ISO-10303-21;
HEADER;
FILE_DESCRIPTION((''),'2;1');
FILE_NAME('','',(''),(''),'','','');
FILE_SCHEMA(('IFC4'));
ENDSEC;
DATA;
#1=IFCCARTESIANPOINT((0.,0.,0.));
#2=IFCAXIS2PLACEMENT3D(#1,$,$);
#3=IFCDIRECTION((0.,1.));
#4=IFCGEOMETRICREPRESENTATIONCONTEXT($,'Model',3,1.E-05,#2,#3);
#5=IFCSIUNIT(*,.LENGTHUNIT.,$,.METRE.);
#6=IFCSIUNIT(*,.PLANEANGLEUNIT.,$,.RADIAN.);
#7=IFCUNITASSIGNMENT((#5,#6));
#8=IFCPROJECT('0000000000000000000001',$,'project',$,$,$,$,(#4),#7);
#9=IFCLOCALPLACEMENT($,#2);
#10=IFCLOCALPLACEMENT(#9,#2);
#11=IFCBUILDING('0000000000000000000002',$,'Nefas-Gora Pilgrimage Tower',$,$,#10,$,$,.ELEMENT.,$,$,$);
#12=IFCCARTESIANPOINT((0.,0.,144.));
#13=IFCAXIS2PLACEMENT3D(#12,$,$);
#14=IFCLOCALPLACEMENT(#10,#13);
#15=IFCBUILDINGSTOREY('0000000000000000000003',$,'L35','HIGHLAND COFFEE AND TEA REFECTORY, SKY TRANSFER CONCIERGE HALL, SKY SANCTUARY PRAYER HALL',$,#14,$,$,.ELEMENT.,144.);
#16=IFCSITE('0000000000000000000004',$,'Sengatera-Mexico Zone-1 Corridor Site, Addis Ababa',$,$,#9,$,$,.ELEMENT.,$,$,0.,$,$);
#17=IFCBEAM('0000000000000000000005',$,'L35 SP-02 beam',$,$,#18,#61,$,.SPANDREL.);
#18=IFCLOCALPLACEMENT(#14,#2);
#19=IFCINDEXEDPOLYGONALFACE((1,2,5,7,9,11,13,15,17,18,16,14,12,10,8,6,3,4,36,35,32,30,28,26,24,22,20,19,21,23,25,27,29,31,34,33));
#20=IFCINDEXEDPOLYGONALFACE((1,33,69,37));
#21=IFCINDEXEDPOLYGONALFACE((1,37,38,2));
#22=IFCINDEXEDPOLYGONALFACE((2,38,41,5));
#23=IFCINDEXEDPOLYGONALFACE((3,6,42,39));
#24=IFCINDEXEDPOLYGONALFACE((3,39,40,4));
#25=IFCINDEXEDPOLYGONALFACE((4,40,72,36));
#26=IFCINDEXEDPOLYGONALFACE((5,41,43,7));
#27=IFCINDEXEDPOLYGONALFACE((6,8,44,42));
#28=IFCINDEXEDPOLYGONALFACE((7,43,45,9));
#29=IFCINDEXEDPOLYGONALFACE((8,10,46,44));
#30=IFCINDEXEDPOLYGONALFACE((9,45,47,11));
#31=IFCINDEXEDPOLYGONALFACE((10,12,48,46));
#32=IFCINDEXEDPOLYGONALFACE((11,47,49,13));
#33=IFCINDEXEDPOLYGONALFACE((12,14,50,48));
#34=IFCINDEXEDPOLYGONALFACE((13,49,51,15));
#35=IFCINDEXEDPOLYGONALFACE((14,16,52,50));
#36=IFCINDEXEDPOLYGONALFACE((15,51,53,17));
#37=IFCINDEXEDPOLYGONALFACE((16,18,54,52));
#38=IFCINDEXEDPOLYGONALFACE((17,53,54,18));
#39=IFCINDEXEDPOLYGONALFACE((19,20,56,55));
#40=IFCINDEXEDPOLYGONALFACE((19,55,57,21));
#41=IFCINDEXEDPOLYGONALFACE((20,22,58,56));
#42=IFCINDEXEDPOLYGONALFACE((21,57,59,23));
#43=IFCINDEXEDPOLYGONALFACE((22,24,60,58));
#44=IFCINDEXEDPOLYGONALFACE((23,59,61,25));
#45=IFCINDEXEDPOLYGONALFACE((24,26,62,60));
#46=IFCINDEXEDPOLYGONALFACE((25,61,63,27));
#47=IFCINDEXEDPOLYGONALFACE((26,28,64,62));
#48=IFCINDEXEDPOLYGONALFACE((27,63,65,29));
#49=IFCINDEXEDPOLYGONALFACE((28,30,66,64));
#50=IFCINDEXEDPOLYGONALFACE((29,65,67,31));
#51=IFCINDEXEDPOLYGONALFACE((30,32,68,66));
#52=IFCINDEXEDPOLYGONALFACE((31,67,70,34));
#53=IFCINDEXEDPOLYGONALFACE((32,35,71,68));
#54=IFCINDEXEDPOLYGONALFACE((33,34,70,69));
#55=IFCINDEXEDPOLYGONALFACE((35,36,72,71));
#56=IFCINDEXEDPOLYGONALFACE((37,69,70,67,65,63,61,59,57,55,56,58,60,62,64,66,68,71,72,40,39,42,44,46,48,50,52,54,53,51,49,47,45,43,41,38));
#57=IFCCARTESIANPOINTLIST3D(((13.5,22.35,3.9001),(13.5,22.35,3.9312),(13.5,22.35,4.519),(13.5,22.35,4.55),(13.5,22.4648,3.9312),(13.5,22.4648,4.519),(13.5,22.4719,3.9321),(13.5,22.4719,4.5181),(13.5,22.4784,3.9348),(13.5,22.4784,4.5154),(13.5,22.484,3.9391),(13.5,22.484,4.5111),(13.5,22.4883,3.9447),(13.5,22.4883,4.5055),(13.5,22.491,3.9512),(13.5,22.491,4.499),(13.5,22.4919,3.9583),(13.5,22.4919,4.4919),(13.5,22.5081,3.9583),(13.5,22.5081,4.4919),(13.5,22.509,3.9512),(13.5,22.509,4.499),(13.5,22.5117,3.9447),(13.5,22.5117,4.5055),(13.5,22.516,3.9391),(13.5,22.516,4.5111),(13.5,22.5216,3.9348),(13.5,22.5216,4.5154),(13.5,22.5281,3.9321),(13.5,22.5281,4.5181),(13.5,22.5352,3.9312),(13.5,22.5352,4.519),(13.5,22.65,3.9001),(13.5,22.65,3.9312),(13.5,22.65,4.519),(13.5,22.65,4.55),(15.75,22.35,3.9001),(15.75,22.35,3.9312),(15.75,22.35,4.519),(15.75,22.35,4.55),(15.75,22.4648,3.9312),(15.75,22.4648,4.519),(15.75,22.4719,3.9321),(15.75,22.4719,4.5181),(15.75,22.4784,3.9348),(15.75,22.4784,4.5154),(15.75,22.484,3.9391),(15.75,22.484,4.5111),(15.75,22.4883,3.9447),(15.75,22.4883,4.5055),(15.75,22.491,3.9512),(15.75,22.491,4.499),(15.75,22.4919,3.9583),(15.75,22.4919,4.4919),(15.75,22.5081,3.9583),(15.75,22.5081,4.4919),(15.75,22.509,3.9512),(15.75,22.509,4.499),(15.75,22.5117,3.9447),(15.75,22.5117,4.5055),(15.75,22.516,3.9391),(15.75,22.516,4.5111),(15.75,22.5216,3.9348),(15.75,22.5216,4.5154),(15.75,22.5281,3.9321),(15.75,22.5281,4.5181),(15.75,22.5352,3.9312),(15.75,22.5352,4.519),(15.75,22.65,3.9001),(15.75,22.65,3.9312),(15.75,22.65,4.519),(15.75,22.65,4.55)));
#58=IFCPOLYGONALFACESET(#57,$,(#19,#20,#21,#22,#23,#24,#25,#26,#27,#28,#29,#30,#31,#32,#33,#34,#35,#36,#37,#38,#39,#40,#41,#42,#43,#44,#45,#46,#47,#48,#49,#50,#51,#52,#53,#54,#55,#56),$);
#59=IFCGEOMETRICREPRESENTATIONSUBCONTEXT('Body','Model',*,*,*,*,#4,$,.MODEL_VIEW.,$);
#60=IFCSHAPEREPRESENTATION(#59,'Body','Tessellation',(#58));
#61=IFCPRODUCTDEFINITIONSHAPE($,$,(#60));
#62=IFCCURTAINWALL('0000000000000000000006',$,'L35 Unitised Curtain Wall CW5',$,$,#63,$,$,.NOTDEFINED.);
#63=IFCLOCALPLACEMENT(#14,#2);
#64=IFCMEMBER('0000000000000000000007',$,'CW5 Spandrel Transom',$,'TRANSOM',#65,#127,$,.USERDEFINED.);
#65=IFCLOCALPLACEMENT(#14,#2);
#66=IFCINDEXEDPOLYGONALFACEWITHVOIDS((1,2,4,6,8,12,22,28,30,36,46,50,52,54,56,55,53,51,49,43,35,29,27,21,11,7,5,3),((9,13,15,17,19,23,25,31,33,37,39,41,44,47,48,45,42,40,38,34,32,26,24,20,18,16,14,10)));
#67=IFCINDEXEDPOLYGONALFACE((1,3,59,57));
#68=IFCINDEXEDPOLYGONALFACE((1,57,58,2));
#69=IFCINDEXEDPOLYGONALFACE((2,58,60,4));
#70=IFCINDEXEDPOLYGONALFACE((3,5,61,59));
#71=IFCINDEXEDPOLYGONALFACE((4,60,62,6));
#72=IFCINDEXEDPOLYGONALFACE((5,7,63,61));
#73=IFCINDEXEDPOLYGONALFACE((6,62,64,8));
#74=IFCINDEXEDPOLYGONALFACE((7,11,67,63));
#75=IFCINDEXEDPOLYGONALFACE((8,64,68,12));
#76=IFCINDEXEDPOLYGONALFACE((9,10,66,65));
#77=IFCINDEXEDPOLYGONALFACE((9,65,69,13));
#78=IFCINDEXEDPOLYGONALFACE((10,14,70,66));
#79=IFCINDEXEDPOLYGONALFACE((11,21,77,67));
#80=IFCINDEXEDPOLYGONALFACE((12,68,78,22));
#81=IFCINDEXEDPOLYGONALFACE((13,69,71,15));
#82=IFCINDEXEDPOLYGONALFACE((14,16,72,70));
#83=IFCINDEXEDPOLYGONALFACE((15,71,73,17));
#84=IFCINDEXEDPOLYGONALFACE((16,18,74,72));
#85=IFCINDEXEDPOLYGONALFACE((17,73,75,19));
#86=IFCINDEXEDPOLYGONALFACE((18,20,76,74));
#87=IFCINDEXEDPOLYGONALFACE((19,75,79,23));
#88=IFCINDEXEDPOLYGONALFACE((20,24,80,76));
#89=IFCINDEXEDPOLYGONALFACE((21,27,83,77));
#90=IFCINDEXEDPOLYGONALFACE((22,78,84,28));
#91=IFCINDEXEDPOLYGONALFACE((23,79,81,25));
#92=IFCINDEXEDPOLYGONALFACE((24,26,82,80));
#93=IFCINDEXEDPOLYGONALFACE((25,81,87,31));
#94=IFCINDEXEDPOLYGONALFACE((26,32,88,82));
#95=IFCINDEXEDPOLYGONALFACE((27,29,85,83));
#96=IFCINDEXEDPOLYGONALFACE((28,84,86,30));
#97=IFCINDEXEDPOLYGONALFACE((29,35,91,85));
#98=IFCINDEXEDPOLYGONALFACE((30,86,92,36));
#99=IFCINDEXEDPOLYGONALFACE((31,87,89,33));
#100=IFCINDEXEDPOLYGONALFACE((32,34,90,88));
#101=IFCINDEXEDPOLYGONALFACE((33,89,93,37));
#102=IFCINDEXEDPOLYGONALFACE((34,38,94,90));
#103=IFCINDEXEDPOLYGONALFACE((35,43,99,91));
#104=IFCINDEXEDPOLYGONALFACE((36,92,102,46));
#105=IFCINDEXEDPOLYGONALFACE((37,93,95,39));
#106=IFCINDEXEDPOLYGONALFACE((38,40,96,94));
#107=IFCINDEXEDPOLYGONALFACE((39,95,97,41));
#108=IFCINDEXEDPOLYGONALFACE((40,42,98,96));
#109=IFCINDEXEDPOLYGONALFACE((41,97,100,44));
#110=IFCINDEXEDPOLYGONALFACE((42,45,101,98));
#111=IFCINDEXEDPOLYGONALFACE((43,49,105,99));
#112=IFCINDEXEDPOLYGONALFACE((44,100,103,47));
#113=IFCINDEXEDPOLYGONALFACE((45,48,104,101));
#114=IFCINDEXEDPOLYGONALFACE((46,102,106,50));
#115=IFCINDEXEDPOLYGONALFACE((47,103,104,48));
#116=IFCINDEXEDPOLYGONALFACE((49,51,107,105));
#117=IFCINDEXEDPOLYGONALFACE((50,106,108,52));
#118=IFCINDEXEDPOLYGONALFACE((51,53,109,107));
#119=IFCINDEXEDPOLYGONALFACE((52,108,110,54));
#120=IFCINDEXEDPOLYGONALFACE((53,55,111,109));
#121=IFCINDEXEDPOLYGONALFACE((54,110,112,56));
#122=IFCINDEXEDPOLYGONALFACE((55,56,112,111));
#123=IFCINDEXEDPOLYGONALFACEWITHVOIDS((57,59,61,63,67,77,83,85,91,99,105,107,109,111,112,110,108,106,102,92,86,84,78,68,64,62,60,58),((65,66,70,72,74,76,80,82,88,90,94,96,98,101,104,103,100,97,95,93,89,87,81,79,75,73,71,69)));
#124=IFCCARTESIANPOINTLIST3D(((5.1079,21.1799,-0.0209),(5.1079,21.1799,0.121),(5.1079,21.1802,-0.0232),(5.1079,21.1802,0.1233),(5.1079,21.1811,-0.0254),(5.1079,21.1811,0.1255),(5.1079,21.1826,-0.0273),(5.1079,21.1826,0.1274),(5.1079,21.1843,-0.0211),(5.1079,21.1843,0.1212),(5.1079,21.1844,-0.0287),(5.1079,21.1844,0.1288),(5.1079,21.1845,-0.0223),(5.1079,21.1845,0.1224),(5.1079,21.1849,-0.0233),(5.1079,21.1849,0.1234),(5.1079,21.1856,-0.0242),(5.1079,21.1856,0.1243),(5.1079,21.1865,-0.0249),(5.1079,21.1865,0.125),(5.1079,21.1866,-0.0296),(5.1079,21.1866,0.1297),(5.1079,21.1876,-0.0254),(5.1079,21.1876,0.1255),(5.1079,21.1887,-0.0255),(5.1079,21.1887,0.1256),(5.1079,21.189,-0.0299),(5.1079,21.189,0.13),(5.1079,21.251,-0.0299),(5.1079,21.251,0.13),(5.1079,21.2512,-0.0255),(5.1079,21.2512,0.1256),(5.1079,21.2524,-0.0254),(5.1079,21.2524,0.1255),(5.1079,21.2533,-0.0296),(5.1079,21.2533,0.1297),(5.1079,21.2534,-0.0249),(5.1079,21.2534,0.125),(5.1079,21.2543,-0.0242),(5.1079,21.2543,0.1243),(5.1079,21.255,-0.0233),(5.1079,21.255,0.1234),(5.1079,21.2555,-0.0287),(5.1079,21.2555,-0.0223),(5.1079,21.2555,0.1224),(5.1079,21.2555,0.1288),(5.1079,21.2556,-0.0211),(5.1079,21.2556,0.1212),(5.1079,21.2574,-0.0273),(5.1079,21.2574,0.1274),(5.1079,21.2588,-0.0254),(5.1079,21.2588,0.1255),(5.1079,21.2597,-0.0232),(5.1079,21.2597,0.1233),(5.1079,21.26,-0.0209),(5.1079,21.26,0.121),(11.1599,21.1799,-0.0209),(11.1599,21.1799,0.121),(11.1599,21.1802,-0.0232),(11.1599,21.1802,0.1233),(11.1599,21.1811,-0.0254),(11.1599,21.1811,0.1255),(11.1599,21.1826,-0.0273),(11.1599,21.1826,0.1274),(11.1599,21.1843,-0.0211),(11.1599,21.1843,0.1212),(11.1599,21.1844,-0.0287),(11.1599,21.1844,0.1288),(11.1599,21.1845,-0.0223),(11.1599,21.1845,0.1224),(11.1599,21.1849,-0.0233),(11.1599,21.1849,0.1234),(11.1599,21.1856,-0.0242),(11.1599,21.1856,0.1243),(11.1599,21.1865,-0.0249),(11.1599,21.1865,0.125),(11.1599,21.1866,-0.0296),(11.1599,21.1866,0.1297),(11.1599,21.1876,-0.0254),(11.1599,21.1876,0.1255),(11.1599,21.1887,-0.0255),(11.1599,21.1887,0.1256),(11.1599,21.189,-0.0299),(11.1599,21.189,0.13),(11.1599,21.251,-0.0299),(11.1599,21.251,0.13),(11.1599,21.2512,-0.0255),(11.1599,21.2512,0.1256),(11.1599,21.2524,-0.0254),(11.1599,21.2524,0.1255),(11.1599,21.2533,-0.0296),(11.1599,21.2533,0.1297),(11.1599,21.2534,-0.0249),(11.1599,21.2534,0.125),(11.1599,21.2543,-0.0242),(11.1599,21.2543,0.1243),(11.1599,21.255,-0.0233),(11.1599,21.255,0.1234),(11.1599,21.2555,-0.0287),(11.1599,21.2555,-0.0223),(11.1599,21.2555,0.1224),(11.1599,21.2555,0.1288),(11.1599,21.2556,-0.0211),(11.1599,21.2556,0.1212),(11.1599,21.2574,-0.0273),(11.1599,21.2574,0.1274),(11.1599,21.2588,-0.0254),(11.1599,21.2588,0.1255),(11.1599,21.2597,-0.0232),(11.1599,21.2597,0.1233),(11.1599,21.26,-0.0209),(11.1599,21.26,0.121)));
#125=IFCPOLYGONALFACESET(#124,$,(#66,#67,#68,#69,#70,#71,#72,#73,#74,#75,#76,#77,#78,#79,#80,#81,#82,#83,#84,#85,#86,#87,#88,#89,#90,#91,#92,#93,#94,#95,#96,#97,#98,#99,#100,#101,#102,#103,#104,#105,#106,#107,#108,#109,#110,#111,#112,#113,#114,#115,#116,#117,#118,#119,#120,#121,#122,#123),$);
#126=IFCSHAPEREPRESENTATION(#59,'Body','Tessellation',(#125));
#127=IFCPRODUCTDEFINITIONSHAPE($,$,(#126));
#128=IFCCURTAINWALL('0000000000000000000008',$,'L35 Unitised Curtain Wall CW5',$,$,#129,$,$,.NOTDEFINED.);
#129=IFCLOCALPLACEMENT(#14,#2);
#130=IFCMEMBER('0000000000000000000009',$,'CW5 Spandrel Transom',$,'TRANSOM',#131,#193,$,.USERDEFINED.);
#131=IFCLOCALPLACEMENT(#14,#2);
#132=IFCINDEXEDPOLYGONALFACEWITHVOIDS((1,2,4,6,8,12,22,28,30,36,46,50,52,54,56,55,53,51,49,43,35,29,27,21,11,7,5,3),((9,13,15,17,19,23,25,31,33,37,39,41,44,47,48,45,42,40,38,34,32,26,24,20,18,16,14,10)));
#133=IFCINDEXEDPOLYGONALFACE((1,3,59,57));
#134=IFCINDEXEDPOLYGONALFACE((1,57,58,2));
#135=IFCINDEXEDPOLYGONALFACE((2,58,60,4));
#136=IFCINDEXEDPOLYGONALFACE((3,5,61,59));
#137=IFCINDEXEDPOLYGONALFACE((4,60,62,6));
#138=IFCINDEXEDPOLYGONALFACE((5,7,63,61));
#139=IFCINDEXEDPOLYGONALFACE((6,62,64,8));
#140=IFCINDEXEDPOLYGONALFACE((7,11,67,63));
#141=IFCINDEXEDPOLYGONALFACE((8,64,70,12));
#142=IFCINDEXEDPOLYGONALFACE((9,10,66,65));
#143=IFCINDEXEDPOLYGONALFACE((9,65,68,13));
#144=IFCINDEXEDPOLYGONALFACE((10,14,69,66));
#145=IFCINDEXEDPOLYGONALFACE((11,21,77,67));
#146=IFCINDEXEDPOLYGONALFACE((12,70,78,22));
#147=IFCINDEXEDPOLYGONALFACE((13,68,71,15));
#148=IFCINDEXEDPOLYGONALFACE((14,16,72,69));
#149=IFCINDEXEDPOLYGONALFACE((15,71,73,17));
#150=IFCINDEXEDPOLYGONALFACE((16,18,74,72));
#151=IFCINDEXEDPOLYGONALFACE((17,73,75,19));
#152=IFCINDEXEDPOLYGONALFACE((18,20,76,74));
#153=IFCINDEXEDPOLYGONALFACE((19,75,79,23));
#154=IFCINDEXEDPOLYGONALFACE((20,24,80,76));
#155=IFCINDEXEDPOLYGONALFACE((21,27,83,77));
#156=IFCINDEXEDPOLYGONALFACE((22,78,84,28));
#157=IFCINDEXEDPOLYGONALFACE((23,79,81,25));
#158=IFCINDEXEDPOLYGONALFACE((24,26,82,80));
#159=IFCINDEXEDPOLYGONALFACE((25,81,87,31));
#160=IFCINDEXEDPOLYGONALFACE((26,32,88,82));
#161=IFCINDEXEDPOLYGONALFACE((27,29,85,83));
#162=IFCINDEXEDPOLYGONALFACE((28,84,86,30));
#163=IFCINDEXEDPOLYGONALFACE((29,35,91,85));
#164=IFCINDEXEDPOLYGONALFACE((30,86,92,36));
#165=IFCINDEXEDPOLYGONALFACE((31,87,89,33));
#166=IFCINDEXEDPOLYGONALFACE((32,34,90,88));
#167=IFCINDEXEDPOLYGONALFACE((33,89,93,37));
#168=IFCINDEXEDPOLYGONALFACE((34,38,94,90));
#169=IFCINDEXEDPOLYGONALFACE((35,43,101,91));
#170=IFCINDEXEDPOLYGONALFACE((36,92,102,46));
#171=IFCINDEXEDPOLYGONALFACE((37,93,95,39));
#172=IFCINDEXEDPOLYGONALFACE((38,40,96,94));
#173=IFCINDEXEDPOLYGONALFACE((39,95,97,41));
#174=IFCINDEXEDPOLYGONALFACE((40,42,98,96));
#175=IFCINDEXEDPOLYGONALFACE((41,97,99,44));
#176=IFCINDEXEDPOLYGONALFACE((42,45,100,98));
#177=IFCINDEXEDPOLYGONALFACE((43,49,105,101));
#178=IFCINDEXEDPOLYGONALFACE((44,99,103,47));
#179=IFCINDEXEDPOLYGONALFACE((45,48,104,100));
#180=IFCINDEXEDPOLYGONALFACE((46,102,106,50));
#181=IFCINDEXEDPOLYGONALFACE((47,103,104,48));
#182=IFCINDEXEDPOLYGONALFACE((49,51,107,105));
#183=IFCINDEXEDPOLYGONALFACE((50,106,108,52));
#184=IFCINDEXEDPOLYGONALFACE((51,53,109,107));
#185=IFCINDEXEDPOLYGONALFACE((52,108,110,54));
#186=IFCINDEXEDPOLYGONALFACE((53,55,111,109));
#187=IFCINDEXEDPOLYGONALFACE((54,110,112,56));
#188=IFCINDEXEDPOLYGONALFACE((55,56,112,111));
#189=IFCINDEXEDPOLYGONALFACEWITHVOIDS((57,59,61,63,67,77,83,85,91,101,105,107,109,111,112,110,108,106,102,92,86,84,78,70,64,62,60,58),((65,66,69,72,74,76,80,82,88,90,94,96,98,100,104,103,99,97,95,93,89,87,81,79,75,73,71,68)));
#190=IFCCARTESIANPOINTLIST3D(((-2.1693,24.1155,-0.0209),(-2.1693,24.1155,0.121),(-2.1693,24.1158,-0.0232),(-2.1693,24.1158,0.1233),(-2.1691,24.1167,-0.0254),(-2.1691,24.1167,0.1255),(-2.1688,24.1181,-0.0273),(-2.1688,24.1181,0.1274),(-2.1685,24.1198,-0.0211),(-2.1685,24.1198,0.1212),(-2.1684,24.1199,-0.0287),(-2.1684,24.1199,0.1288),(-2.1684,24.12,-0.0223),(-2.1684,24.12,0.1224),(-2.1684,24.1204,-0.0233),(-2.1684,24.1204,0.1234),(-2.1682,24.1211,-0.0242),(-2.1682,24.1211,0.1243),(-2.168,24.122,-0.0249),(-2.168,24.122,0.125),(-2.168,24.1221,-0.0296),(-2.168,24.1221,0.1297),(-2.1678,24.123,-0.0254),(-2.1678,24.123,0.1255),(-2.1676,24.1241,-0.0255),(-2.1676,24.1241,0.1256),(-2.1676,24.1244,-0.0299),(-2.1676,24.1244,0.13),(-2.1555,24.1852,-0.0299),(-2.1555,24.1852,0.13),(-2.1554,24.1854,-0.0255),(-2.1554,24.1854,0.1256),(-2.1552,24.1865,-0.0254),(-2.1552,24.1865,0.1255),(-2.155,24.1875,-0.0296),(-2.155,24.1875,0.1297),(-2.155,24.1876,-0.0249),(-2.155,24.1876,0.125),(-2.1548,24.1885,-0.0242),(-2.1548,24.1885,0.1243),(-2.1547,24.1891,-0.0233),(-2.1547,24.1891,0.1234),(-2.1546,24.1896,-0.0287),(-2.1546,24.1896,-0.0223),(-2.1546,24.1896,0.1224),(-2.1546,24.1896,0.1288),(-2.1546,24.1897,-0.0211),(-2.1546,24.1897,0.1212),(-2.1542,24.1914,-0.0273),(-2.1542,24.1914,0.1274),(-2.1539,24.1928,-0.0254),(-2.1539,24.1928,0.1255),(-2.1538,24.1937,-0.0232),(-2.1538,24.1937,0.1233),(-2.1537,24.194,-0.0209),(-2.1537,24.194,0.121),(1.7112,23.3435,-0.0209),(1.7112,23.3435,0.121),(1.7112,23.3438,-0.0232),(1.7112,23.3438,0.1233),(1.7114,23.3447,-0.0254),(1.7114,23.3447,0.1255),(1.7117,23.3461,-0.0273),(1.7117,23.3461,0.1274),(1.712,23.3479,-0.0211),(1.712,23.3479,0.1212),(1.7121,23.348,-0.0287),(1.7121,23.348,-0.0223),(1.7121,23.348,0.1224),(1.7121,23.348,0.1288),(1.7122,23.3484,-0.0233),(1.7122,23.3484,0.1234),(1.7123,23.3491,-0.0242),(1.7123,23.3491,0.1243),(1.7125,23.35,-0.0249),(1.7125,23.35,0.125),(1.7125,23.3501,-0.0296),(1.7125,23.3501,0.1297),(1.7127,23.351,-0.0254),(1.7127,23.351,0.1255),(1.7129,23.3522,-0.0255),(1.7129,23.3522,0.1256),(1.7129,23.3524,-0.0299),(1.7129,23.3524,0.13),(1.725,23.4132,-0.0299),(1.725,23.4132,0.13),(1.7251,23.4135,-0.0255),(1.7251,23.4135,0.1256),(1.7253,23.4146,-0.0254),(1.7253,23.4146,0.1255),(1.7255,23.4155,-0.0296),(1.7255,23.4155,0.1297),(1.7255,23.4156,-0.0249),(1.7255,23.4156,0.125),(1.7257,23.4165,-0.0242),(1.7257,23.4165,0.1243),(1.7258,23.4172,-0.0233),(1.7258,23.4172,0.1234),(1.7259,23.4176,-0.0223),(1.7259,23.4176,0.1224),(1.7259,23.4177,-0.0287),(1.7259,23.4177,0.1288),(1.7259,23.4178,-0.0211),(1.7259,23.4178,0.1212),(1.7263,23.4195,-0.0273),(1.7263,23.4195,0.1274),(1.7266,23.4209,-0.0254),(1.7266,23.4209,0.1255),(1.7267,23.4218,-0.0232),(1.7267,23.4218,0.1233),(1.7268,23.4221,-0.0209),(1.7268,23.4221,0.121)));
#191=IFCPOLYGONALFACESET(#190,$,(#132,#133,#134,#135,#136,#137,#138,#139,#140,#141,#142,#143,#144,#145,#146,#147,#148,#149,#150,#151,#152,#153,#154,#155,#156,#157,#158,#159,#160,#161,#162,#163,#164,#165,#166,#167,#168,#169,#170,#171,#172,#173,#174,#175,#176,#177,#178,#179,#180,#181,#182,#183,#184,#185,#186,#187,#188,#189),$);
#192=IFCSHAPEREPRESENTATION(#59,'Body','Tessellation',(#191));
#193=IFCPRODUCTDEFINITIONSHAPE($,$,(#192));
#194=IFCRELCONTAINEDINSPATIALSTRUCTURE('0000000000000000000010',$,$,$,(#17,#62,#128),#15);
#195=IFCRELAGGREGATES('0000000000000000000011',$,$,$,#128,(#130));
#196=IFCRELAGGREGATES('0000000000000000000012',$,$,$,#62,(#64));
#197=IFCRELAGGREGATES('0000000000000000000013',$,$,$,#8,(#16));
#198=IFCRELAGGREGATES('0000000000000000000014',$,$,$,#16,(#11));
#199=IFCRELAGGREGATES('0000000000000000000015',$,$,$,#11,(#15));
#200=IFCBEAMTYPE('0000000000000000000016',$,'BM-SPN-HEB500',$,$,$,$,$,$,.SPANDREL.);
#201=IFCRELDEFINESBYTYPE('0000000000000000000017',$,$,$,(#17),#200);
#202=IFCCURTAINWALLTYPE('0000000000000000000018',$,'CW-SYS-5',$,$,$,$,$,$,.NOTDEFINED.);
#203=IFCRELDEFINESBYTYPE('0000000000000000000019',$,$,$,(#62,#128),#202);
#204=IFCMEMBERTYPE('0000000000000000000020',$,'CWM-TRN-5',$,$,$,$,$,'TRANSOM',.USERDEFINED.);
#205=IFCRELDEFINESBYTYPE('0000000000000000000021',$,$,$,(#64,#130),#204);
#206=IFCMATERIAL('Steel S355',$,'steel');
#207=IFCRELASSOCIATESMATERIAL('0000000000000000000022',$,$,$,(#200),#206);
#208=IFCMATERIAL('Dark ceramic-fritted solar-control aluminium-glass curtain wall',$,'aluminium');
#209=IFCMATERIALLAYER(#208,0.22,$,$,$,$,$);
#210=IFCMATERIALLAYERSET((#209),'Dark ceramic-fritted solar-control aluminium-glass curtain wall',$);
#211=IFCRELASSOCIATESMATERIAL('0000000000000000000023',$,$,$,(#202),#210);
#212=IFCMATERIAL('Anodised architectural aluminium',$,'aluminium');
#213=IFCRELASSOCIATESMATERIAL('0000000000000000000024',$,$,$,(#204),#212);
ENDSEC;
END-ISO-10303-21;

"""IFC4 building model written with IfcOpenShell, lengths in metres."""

from ifc_helpers import new_model, si_unit, direction, frame, origin, origin_2d, place, context, subcontext, project, spatial, hollow_rectangle, i_section, extrude, source, transform, mapped, material, layer, layer_set, material_profile, profile_set, type_object, element, aggregate, save


model = new_model("IFC4")

# Units and contexts
model_context = context("Model", 3, precision=1e-05, world=origin(), true_north=direction((0.0, 1.0)))
body_context = subcontext(model_context, "Body", "Model", "MODEL_VIEW")
ifc_project = project(units=[si_unit("LENGTHUNIT", "METRE"), si_unit("PLANEANGLEUNIT", "RADIAN")], contexts=[model_context])

# Site, building, storey
site_placement = place(None, origin())
site = spatial("IfcSite", under=ifc_project, at=site_placement, Name="Sengatera-Mexico Zone-1 Corridor Site, Addis Ababa", CompositionType="ELEMENT", RefElevation=0.0)
building_placement = place(site_placement, origin())
building = spatial("IfcBuilding", under=site, at=building_placement, Name="Nefas-Gora Pilgrimage Tower", CompositionType="ELEMENT")
storey_placement = place(building_placement, frame((0.0, 0.0, 144.0)))
storey = spatial("IfcBuildingStorey", under=building, at=storey_placement, Name="L35", Description="HIGHLAND COFFEE AND TEA REFECTORY, SKY TRANSFER CONCIERGE HALL, SKY SANCTUARY PRAYER HALL", CompositionType="ELEMENT", Elevation=144.0)

# Beam
ifc_material_1 = material(Name="Steel S355", Category="steel")
ifc_material_profile_1 = material_profile(ifc_material_1, i_section(OverallWidth=0.3, OverallDepth=0.6499, WebThickness=0.0161, FlangeThickness=0.031, FilletRadius=0.0271, at=origin_2d()), Name="HEB 650")
ifc_profile_set_1 = profile_set([ifc_material_profile_1], Name="Steel S355")
beam_type_1 = type_object("IfcBeamType", Name="BM-SPN-HEB500", PredefinedType="SPANDREL", material=ifc_profile_set_1)
shared_shape_1 = source(origin(), body_context, "Body", "SweptSolid", [
    extrude(i_section(OverallWidth=0.3, OverallDepth=0.6499, WebThickness=0.0161, FlangeThickness=0.031, FilletRadius=0.0271, at=origin_2d()), origin(), (0.0, 0.0, 1.0), 2.25),
])
beam_1_placement = place(storey_placement, frame((13.5, 22.5, 4.2251), z_axis=(1.0, 0.0, 0.0), x_axis=(0.0, 1.0, 0.0)))
element("IfcBeam", 1, at=beam_1_placement, inside=storey, type_object=beam_type_1, Name="L35 SP-02 beam", PredefinedType="SPANDREL", context=body_context, shape_type="MappedRepresentation", body=[
    mapped(shared_shape_1, transform((0.0, 0.0, 0.0), x_axis=(1.0, 0.0, 0.0), y_axis=(0.0, 1.0, 0.0), z_axis=(0.0, 0.0, 1.0), scale=1.0)),
])

# Curtain walls, members
ifc_material_2 = material(Name="Dark ceramic-fritted solar-control aluminium-glass curtain wall", Category="aluminium")
ifc_layer_1 = layer(ifc_material_2, 0.22)
ifc_layer_set_1 = layer_set([ifc_layer_1], Name="Dark ceramic-fritted solar-control aluminium-glass curtain wall")
curtain_wall_type_1 = type_object("IfcCurtainWallType", Name="CW-SYS-5", PredefinedType="NOTDEFINED", material=ifc_layer_set_1)
curtain_wall_1_placement = place(storey_placement, origin())
curtain_wall_1 = element("IfcCurtainWall", 2, at=curtain_wall_1_placement, inside=storey, type_object=curtain_wall_type_1, Name="L35 Unitised Curtain Wall CW5", PredefinedType="NOTDEFINED")
ifc_material_3 = material(Name="Anodised architectural aluminium", Category="aluminium")
ifc_material_profile_2 = material_profile(ifc_material_3, hollow_rectangle(XDim=0.0801, YDim=0.1599, WallThickness=0.0044, InnerFilletRadius=0.0044, OuterFilletRadius=0.009, at=origin_2d()), Name="ALU TRANSOM 80x160")
ifc_profile_set_2 = profile_set([ifc_material_profile_2], Name="Anodised architectural aluminium")
member_type_1 = type_object("IfcMemberType", Name="CWM-TRN-5", ElementType="TRANSOM", PredefinedType="USERDEFINED", material=ifc_profile_set_2)
shared_shape_2 = source(origin(), body_context, "Body", "SweptSolid", [
    extrude(hollow_rectangle(XDim=0.0801, YDim=0.1599, WallThickness=0.0044, InnerFilletRadius=0.0044, OuterFilletRadius=0.009, at=origin_2d()), origin(), (0.0, 0.0, 1.0), 6.052),
])
member_1_placement = place(storey_placement, frame((11.1599, 21.22, 0.05), z_axis=(-1.0, 0.0, 0.0), x_axis=(0.0, -1.0, 0.0)))
member_1 = element("IfcMember", 3, at=member_1_placement, type_object=member_type_1, Name="CW5 Spandrel Transom", ObjectType="TRANSOM", PredefinedType="USERDEFINED", context=body_context, shape_type="MappedRepresentation", body=[
    mapped(shared_shape_2, transform((0.0, 0.0, 0.0), x_axis=(1.0, 0.0, 0.0), y_axis=(0.0, 1.0, 0.0), z_axis=(0.0, 0.0, 1.0), scale=1.0)),
])
curtain_wall_2_placement = place(storey_placement, origin())
curtain_wall_2 = element("IfcCurtainWall", 4, at=curtain_wall_2_placement, inside=storey, type_object=curtain_wall_type_1, Name="L35 Unitised Curtain Wall CW5", PredefinedType="NOTDEFINED")
shared_shape_3 = source(origin(), body_context, "Body", "SweptSolid", [
    extrude(hollow_rectangle(XDim=0.0801, YDim=0.1599, WallThickness=0.0044, InnerFilletRadius=0.0044, OuterFilletRadius=0.009, at=origin_2d()), origin(), (0.0, 0.0, 1.0), 3.9565),
])
member_2_placement = place(storey_placement, frame((1.719, 23.3828, 0.05), z_axis=(-0.980782, 0.195107, 0.0), x_axis=(-0.195107, -0.980782, 0.0)))
member_2 = element("IfcMember", 5, at=member_2_placement, type_object=member_type_1, Name="CW5 Spandrel Transom", ObjectType="TRANSOM", PredefinedType="USERDEFINED", context=body_context, shape_type="MappedRepresentation", body=[
    mapped(shared_shape_3, transform((0.0, 0.0, 0.0), x_axis=(1.0, 0.0, 0.0), y_axis=(0.0, 1.0, 0.0), z_axis=(0.0, 0.0, 1.0), scale=1.0)),
])

aggregate(curtain_wall_2, [member_2])

aggregate(curtain_wall_1, [member_1])

save(model, "model.ifc")
